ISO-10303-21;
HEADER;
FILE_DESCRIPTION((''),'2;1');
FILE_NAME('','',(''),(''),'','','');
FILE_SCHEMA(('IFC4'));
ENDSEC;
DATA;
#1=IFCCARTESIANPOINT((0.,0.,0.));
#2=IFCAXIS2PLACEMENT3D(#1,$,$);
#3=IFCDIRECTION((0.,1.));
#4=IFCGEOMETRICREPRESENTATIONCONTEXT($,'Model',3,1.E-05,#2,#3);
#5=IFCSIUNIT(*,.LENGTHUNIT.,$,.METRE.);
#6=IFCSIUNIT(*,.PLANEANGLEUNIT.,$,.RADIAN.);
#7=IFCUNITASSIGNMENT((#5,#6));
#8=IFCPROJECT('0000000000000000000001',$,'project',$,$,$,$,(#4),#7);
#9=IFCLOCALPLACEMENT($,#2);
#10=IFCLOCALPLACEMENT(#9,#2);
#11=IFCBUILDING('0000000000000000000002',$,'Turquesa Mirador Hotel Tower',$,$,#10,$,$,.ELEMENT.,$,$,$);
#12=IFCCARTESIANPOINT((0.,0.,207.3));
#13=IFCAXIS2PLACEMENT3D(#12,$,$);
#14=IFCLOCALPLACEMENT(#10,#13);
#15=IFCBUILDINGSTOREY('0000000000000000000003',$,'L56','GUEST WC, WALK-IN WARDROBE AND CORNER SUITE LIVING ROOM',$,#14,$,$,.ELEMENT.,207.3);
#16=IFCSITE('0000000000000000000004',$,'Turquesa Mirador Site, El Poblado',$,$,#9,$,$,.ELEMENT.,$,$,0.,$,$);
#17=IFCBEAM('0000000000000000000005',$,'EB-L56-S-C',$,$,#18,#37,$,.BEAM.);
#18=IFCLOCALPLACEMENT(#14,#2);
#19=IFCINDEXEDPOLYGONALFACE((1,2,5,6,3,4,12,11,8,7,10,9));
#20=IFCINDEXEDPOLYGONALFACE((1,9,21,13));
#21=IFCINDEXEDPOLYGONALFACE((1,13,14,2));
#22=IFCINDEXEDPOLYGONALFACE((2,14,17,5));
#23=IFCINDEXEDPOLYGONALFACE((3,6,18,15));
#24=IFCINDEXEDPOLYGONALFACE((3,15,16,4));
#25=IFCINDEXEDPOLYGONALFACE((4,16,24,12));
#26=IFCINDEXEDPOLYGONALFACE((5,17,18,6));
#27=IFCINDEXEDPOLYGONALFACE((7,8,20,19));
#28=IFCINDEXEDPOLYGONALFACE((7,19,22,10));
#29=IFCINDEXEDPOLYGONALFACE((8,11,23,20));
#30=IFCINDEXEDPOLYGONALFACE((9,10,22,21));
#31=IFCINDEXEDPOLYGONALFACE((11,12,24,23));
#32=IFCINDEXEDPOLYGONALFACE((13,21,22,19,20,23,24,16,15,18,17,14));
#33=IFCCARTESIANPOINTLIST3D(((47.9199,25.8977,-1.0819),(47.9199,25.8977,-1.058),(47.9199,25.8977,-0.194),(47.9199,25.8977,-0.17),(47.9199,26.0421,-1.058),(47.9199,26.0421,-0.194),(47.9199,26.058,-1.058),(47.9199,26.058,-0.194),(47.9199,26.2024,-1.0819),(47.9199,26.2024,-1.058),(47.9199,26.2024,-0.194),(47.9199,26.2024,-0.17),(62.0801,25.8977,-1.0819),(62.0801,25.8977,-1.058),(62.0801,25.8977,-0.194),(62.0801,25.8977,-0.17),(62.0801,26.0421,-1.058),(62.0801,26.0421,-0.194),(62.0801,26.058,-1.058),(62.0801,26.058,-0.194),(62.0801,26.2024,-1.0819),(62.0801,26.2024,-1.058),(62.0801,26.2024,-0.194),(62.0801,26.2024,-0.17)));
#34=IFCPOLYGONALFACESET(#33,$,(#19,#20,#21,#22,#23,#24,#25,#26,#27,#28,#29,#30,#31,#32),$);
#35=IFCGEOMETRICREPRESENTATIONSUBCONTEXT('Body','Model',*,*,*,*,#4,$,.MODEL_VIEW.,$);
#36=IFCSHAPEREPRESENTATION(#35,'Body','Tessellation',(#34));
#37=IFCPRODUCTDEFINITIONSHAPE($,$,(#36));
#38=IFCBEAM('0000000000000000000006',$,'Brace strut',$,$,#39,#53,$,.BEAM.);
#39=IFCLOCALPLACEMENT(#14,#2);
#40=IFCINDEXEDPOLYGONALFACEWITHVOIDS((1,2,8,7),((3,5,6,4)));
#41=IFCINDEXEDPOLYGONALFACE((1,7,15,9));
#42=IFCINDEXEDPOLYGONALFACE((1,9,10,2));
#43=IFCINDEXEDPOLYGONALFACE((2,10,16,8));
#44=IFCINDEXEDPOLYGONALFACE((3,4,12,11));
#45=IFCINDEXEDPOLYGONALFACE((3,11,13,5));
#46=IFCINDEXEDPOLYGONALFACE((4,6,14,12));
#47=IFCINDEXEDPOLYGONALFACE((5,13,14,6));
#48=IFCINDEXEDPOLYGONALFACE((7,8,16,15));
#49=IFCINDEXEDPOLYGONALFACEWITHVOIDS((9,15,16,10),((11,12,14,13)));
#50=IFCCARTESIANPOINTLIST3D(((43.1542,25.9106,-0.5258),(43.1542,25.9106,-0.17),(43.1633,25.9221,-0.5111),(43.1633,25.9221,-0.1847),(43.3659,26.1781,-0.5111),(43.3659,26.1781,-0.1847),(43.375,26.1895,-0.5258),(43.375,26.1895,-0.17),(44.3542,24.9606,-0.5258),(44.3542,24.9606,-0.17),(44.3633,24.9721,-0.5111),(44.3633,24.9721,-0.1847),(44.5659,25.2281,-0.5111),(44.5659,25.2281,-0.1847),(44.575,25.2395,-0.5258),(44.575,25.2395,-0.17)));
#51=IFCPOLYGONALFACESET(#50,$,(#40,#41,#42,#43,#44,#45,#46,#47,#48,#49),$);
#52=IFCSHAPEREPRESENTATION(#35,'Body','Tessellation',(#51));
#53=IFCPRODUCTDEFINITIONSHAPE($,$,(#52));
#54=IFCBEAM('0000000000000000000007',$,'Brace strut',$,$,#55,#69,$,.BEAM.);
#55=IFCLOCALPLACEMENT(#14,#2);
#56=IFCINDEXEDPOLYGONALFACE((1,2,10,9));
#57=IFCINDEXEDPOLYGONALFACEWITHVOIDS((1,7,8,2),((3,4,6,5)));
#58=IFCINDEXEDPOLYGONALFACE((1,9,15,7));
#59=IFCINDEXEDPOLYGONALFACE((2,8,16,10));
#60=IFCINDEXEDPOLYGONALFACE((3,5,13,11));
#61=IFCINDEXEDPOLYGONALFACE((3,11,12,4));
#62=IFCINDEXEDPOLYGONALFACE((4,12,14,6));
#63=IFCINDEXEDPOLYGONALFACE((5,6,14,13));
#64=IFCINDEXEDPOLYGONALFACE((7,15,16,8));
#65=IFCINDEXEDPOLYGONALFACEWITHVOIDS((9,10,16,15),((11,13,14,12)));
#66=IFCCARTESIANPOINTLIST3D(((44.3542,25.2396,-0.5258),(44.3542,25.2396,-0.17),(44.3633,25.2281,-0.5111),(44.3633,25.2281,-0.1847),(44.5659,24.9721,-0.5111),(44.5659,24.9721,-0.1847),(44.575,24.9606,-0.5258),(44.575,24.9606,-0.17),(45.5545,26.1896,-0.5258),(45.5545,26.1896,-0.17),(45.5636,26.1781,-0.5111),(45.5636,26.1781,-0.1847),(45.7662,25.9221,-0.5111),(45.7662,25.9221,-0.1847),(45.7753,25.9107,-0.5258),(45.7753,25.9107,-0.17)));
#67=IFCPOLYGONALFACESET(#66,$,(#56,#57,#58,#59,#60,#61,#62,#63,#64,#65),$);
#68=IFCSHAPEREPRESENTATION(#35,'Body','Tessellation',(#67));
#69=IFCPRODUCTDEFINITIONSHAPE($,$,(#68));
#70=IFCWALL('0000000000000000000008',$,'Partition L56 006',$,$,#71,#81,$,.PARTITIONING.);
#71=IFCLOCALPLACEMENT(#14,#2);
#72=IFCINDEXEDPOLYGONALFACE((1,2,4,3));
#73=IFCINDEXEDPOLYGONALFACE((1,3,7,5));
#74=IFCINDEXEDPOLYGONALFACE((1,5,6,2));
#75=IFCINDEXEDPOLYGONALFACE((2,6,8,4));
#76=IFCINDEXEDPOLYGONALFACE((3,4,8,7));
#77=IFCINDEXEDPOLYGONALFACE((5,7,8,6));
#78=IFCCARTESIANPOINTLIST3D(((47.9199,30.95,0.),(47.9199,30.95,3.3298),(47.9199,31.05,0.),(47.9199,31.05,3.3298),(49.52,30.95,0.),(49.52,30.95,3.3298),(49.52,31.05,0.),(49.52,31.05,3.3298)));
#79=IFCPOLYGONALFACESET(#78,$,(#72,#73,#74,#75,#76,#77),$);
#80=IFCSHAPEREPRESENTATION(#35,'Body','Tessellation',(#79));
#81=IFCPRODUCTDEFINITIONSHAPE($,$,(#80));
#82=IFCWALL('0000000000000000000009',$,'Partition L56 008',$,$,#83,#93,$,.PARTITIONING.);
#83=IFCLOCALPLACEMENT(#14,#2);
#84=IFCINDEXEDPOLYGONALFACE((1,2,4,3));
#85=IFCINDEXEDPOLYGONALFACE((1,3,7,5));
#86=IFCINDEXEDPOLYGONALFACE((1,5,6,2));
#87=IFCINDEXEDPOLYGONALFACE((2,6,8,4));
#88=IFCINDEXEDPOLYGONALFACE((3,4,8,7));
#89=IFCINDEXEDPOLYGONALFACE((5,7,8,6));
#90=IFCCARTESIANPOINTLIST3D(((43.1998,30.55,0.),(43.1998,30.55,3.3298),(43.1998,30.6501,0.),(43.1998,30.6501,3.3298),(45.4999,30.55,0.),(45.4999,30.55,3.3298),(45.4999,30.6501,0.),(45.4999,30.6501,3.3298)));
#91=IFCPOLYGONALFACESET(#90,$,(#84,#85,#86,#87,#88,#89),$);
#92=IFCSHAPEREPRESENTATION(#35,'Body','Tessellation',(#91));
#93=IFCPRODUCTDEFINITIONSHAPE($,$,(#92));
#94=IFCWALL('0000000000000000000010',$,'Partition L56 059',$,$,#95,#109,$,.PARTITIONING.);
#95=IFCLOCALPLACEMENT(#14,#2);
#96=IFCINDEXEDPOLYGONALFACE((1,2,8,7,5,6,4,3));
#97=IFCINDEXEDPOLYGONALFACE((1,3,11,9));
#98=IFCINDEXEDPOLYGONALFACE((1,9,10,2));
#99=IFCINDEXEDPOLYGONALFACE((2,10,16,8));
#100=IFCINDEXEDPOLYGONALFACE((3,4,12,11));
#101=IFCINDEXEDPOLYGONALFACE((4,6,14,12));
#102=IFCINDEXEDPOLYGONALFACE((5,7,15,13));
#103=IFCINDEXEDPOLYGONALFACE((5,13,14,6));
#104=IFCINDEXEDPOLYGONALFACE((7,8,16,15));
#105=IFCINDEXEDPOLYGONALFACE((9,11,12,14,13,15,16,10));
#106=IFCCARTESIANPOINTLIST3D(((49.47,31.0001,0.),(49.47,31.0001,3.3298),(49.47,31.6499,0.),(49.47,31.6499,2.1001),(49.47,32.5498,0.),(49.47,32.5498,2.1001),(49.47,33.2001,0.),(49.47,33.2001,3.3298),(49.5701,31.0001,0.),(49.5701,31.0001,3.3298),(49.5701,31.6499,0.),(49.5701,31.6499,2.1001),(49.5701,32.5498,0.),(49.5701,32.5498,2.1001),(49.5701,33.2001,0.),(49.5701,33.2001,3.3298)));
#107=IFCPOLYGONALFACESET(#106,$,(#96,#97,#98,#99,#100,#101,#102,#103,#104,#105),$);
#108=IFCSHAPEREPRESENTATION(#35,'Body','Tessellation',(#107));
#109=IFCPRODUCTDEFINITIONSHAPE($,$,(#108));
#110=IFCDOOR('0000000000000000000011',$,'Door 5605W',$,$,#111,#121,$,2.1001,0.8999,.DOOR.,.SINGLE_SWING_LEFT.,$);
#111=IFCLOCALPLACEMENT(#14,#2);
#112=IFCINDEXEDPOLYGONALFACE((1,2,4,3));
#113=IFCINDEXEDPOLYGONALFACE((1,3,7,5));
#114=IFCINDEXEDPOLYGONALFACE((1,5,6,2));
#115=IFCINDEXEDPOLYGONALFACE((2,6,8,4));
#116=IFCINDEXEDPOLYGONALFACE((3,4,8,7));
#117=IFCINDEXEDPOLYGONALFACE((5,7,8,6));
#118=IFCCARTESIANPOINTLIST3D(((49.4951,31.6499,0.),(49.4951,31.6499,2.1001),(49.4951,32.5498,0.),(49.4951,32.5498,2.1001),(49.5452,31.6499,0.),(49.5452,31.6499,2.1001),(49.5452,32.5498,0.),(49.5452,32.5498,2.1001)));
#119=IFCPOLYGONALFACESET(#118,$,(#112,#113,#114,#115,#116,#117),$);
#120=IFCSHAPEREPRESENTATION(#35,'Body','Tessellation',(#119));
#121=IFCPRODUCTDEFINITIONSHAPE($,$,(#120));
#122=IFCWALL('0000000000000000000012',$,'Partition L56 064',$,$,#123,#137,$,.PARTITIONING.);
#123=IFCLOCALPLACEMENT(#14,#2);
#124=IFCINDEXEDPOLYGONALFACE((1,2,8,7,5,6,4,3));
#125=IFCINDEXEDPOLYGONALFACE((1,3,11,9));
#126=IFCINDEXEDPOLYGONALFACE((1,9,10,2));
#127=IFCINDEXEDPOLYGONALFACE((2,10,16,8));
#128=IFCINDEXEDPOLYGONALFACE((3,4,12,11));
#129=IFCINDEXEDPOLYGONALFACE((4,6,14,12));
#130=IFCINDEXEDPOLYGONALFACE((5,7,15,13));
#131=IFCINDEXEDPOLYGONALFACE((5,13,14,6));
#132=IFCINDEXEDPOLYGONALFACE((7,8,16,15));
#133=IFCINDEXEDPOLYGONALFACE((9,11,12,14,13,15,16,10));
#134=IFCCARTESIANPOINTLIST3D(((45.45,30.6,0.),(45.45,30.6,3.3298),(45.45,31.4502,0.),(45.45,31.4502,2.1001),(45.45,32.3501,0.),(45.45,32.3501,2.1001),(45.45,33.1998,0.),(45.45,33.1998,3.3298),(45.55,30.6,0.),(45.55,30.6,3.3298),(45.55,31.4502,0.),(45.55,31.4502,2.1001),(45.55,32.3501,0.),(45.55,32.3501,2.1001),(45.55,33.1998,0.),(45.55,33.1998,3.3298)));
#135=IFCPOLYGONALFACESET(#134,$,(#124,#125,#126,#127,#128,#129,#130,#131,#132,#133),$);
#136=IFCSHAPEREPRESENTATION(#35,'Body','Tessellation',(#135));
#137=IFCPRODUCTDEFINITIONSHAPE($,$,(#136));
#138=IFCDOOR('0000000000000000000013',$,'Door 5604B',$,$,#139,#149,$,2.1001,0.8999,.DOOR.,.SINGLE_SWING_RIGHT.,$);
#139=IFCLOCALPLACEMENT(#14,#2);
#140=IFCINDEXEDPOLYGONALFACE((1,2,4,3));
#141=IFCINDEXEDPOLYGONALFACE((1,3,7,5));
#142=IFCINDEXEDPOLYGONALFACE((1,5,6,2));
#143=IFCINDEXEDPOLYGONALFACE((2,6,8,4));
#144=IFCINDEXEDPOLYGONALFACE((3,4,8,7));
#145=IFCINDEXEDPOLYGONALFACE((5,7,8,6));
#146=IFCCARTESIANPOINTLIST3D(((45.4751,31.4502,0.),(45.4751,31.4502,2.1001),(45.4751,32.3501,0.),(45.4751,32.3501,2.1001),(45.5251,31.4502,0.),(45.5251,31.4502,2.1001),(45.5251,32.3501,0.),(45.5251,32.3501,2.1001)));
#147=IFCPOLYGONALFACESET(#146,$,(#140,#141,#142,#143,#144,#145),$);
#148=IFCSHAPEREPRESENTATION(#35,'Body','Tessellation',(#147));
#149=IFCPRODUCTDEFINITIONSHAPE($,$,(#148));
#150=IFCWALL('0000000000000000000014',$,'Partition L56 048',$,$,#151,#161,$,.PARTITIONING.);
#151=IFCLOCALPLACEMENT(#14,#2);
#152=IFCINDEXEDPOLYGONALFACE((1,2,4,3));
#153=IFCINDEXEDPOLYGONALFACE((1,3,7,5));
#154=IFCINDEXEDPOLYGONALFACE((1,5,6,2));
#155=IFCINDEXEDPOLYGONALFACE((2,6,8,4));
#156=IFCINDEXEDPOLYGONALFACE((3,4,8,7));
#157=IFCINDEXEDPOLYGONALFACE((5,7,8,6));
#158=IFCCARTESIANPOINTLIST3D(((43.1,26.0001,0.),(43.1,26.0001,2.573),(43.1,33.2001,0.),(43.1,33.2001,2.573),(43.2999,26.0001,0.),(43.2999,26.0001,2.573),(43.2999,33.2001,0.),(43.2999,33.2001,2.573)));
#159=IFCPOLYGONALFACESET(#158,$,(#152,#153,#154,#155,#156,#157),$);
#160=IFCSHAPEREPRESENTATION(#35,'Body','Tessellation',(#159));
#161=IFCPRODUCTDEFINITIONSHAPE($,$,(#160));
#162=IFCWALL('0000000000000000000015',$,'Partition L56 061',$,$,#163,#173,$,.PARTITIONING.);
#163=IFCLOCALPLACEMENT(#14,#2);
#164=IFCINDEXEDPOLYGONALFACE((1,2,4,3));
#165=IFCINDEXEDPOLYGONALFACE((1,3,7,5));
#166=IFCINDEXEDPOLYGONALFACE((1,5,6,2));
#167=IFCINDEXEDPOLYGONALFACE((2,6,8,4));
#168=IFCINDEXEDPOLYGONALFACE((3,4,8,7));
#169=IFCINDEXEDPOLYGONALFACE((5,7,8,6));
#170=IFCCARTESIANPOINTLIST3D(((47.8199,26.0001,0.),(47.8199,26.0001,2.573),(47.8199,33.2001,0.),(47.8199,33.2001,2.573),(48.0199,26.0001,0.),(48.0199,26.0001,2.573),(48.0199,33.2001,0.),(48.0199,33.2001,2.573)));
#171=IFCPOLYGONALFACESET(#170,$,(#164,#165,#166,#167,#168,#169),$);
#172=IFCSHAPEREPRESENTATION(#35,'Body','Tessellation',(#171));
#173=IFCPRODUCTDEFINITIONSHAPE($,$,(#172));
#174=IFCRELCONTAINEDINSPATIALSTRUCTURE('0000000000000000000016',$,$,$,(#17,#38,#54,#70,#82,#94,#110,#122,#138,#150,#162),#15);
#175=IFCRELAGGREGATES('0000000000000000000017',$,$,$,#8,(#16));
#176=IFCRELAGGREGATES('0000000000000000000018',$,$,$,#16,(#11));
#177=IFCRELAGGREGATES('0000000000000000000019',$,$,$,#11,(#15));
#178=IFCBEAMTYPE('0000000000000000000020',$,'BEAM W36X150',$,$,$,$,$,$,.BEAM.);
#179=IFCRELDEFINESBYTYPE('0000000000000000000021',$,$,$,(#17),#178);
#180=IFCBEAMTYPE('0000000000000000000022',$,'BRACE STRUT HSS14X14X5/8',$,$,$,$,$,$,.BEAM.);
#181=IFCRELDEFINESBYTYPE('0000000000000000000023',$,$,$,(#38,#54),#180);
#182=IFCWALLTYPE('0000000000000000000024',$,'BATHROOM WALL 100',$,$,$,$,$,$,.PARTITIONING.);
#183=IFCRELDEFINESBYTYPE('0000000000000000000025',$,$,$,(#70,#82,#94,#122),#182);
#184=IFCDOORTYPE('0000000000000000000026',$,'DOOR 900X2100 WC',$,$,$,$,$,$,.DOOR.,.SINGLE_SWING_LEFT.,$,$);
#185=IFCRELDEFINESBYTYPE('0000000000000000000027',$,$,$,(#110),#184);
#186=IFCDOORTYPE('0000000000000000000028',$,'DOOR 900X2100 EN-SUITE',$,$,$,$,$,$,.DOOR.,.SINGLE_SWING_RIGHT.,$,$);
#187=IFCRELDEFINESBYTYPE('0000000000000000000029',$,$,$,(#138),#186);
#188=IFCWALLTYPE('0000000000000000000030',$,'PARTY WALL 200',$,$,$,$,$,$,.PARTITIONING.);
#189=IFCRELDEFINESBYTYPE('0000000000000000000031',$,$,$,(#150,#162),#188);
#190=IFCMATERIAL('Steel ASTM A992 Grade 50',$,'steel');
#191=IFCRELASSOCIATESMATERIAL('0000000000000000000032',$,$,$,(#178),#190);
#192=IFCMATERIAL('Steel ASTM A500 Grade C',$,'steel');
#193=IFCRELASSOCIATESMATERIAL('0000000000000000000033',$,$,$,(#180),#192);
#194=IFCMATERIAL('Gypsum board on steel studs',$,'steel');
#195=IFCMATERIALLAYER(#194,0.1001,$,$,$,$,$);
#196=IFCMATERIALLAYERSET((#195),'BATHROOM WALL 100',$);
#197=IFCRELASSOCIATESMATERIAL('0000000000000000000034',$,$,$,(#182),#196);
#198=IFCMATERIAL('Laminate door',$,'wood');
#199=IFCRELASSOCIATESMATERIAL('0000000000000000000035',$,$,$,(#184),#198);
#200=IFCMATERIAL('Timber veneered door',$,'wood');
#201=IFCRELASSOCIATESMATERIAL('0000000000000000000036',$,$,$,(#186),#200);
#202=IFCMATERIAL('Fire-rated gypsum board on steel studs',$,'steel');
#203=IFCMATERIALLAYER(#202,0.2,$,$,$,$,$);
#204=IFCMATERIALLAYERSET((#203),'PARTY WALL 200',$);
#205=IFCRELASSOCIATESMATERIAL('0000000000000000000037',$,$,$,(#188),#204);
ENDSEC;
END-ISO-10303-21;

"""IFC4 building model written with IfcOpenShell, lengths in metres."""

from ifc_helpers import new_model, si_unit, direction, frame, frame_2d, origin, origin_2d, place, context, subcontext, project, spatial, rectangle, hollow_rectangle, i_section, extrude, material, layer, layer_set, material_profile, profile_set, type_object, element, fill, save


model = new_model("IFC4")

# Units and contexts
model_context = context("Model", 3, precision=1e-05, world=origin(), true_north=direction((0.0, 1.0)))
body_context = subcontext(model_context, "Body", "Model", "MODEL_VIEW")
ifc_project = project(units=[si_unit("LENGTHUNIT", "METRE"), si_unit("PLANEANGLEUNIT", "RADIAN")], contexts=[model_context])

# Site, building, storey
site_placement = place(None, origin())
site = spatial("IfcSite", under=ifc_project, at=site_placement, Name="Turquesa Mirador Site, El Poblado", CompositionType="ELEMENT", RefElevation=0.0)
building_placement = place(site_placement, origin())
building = spatial("IfcBuilding", under=site, at=building_placement, Name="Turquesa Mirador Hotel Tower", CompositionType="ELEMENT")
storey_placement = place(building_placement, frame((0.0, 0.0, 207.3)))
storey = spatial("IfcBuildingStorey", under=building, at=storey_placement, Name="L56", Description="GUEST WC, WALK-IN WARDROBE AND CORNER SUITE LIVING ROOM", CompositionType="ELEMENT", Elevation=207.3)

# Beams
ifc_material_1 = material(Name="Steel ASTM A992 Grade 50", Category="steel")
ifc_material_profile_1 = material_profile(ifc_material_1, i_section(OverallWidth=0.3047, OverallDepth=0.9119, WebThickness=0.0159, FlangeThickness=0.0239, at=origin_2d()), Name="W36X150")
ifc_profile_set_1 = profile_set([ifc_material_profile_1], Name="Steel ASTM A992 Grade 50")
beam_type_1 = type_object("IfcBeamType", Name="BEAM W36X150", PredefinedType="BEAM", material=ifc_profile_set_1)
beam_1_placement = place(storey_placement, frame((47.9199, 26.05, -0.626), z_axis=(1.0, 0.0, 0.0), x_axis=(0.0, 1.0, 0.0)))
element("IfcBeam", 1, at=beam_1_placement, inside=storey, type_object=beam_type_1, Name="EB-L56-S-C", PredefinedType="BEAM", context=body_context, shape_type="SweptSolid", body=[
    extrude(i_section(OverallWidth=0.3047, OverallDepth=0.9119, WebThickness=0.0159, FlangeThickness=0.0239, at=origin_2d()), origin(), (0.0, 0.0, 1.0), 14.1602),
])
ifc_material_2 = material(Name="Steel ASTM A500 Grade C", Category="steel")
ifc_material_profile_2 = material_profile(ifc_material_2, hollow_rectangle(XDim=0.3557, YDim=0.3557, WallThickness=0.0146, at=origin_2d()), Name="HSS14X14X5/8")
ifc_profile_set_2 = profile_set([ifc_material_profile_2], Name="Steel ASTM A500 Grade C")
beam_type_2 = type_object("IfcBeamType", Name="BRACE STRUT HSS14X14X5/8", PredefinedType="BEAM", material=ifc_profile_set_2)
beam_2_placement = place(storey_placement, frame((44.4646, 25.1001, -0.3479), z_axis=(-0.784049, 0.620699, 0.0), x_axis=(-0.620699, -0.784049, 0.0)))
element("IfcBeam", 2, at=beam_2_placement, inside=storey, type_object=beam_type_2, Name="Brace strut", PredefinedType="BEAM", context=body_context, shape_type="SweptSolid", body=[
    extrude(hollow_rectangle(XDim=0.3557, YDim=0.3557, WallThickness=0.0146, at=origin_2d()), origin(), (0.0, 0.0, 1.0), 1.5305),
])
beam_3_placement = place(storey_placement, frame((44.4646, 25.1001, -0.3479), z_axis=(0.784111, 0.620621, 0.0), x_axis=(-0.620621, 0.784111, 0.0)))
element("IfcBeam", 3, at=beam_3_placement, inside=storey, type_object=beam_type_2, Name="Brace strut", PredefinedType="BEAM", context=body_context, shape_type="SweptSolid", body=[
    extrude(hollow_rectangle(XDim=0.3557, YDim=0.3557, WallThickness=0.0146, at=origin_2d()), origin(), (0.0, 0.0, 1.0), 1.5308),
])

# Walls
ifc_material_3 = material(Name="Gypsum board on steel studs", Category="steel")
ifc_layer_1 = layer(ifc_material_3, 0.1001)
ifc_layer_set_1 = layer_set([ifc_layer_1], Name="BATHROOM WALL 100")
wall_type_1 = type_object("IfcWallType", Name="BATHROOM WALL 100", PredefinedType="PARTITIONING", material=ifc_layer_set_1)
wall_1_placement = place(storey_placement, frame((47.9199, 31.0, 0.0), z_axis=(0.0, 0.0, 1.0), x_axis=(1.0, 0.0, 0.0)))
element("IfcWall", 4, at=wall_1_placement, inside=storey, type_object=wall_type_1, Name="Partition L56 006", PredefinedType="PARTITIONING", context=body_context, shape_type="SweptSolid", body=[
    extrude(rectangle(XDim=1.6001, YDim=0.1001, at=frame_2d((0.8, 0.0))), origin(), (0.0, 0.0, 1.0), 3.3298),
])
wall_2_placement = place(storey_placement, frame((43.2, 30.6001, 0.0), z_axis=(0.0, 0.0, 1.0), x_axis=(1.0, 0.0, 0.0)))
element("IfcWall", 5, at=wall_2_placement, inside=storey, type_object=wall_type_1, Name="Partition L56 008", PredefinedType="PARTITIONING", context=body_context, shape_type="SweptSolid", body=[
    extrude(rectangle(XDim=2.3, YDim=0.1001, at=frame_2d((1.1499, 0.0))), origin(), (0.0, 0.0, 1.0), 3.3298),
])

# Walls, openings, doors
wall_3_placement = place(storey_placement, frame((49.52, 31.0, 0.0), z_axis=(0.0, 0.0, 1.0), x_axis=(0.0, 1.0, 0.0)))
wall_3 = element("IfcWall", 6, at=wall_3_placement, inside=storey, type_object=wall_type_1, Name="Partition L56 059", PredefinedType="PARTITIONING", context=body_context, shape_type="SweptSolid", body=[
    extrude(rectangle(XDim=2.2, YDim=0.1001, at=frame_2d((1.1001, 0.0))), origin(), (0.0, 0.0, 1.0), 3.3298),
])
opening_1_placement = place(wall_3_placement, frame((0.6499, 0.0, 0.0)))
opening_1 = element("IfcOpeningElement", 7, at=opening_1_placement, cuts=wall_3, PredefinedType="OPENING", context=body_context, shape_type="SweptSolid", body=[
    extrude(rectangle(XDim=0.8999, YDim=2.1001, at=frame_2d((0.45, 1.05))), frame((0.0, 0.0601, 0.0), z_axis=(0.0, -1.0, 0.0), x_axis=(1.0, 0.0, 0.0)), (0.0, 0.0, 1.0), 0.1201),
])
ifc_material_4 = material(Name="Laminate door", Category="wood")
door_type_1 = type_object("IfcDoorType", Name="DOOR 900X2100 WC", OperationType="SINGLE_SWING_LEFT", PredefinedType="DOOR", material=ifc_material_4)
door_1_placement = place(opening_1_placement, origin())
door_1 = element("IfcDoor", 8, at=door_1_placement, inside=storey, type_object=door_type_1, Name="Door 5605W", OperationType="SINGLE_SWING_LEFT", OverallHeight=2.1001, OverallWidth=0.8999, PredefinedType="DOOR", context=body_context, shape_type="SweptSolid", body=[
    extrude(rectangle(XDim=0.8999, YDim=2.1001, at=frame_2d((0.45, 1.05))), frame((0.0, 0.0249, 0.0), z_axis=(0.0, -1.0, 0.0), x_axis=(1.0, 0.0, 0.0)), (0.0, 0.0, 1.0), 0.05),
])
fill(opening_1, door_1)
wall_4_placement = place(storey_placement, frame((45.5, 30.6001, 0.0), z_axis=(0.0, 0.0, 1.0), x_axis=(0.0, 1.0, 0.0)))
wall_4 = element("IfcWall", 9, at=wall_4_placement, inside=storey, type_object=wall_type_1, Name="Partition L56 064", PredefinedType="PARTITIONING", context=body_context, shape_type="SweptSolid", body=[
    extrude(rectangle(XDim=2.5999, YDim=0.1001, at=frame_2d((1.2998, 0.0))), origin(), (0.0, 0.0, 1.0), 3.3298),
])
opening_2_placement = place(wall_4_placement, frame((0.8501, 0.0, 0.0)))
opening_2 = element("IfcOpeningElement", 10, at=opening_2_placement, cuts=wall_4, PredefinedType="OPENING", context=body_context, shape_type="SweptSolid", body=[
    extrude(rectangle(XDim=0.8999, YDim=2.1001, at=frame_2d((0.45, 1.05))), frame((0.0, 0.0601, 0.0), z_axis=(0.0, -1.0, 0.0), x_axis=(1.0, 0.0, 0.0)), (0.0, 0.0, 1.0), 0.1201),
])
ifc_material_5 = material(Name="Timber veneered door", Category="wood")
door_type_2 = type_object("IfcDoorType", Name="DOOR 900X2100 EN-SUITE", OperationType="SINGLE_SWING_RIGHT", PredefinedType="DOOR", material=ifc_material_5)
door_2_placement = place(opening_2_placement, origin())
door_2 = element("IfcDoor", 11, at=door_2_placement, inside=storey, type_object=door_type_2, Name="Door 5604B", OperationType="SINGLE_SWING_RIGHT", OverallHeight=2.1001, OverallWidth=0.8999, PredefinedType="DOOR", context=body_context, shape_type="SweptSolid", body=[
    extrude(rectangle(XDim=0.8999, YDim=2.1001, at=frame_2d((0.45, 1.05))), frame((0.0, 0.0249, 0.0), z_axis=(0.0, -1.0, 0.0), x_axis=(1.0, 0.0, 0.0)), (0.0, 0.0, 1.0), 0.05),
])
fill(opening_2, door_2)

# Walls
ifc_material_6 = material(Name="Fire-rated gypsum board on steel studs", Category="steel")
ifc_layer_2 = layer(ifc_material_6, 0.2)
ifc_layer_set_2 = layer_set([ifc_layer_2], Name="PARTY WALL 200")
wall_type_2 = type_object("IfcWallType", Name="PARTY WALL 200", PredefinedType="PARTITIONING", material=ifc_layer_set_2)
for number, where, z_axis, x_axis, name in (
    (12, (43.2, 26.0, 0.0), (0.0, 0.0, 1.0), (0.0, 1.0, 0.0), "Partition L56 048"),
    (13, (47.9199, 26.0, 0.0), (0.0, 0.0, 1.0), (0.0, 1.0, 0.0), "Partition L56 061"),
):
    element("IfcWall", number, at=place(storey_placement, frame(where, z_axis=z_axis, x_axis=x_axis)), inside=storey, type_object=wall_type_2, Name=name, PredefinedType="PARTITIONING", context=body_context, shape_type="SweptSolid", body=[
        extrude(rectangle(XDim=7.2, YDim=0.2, at=frame_2d((3.6001, 0.0))), origin(), (0.0, 0.0, 1.0), 2.573),
    ])

save(model, "model.ifc")
